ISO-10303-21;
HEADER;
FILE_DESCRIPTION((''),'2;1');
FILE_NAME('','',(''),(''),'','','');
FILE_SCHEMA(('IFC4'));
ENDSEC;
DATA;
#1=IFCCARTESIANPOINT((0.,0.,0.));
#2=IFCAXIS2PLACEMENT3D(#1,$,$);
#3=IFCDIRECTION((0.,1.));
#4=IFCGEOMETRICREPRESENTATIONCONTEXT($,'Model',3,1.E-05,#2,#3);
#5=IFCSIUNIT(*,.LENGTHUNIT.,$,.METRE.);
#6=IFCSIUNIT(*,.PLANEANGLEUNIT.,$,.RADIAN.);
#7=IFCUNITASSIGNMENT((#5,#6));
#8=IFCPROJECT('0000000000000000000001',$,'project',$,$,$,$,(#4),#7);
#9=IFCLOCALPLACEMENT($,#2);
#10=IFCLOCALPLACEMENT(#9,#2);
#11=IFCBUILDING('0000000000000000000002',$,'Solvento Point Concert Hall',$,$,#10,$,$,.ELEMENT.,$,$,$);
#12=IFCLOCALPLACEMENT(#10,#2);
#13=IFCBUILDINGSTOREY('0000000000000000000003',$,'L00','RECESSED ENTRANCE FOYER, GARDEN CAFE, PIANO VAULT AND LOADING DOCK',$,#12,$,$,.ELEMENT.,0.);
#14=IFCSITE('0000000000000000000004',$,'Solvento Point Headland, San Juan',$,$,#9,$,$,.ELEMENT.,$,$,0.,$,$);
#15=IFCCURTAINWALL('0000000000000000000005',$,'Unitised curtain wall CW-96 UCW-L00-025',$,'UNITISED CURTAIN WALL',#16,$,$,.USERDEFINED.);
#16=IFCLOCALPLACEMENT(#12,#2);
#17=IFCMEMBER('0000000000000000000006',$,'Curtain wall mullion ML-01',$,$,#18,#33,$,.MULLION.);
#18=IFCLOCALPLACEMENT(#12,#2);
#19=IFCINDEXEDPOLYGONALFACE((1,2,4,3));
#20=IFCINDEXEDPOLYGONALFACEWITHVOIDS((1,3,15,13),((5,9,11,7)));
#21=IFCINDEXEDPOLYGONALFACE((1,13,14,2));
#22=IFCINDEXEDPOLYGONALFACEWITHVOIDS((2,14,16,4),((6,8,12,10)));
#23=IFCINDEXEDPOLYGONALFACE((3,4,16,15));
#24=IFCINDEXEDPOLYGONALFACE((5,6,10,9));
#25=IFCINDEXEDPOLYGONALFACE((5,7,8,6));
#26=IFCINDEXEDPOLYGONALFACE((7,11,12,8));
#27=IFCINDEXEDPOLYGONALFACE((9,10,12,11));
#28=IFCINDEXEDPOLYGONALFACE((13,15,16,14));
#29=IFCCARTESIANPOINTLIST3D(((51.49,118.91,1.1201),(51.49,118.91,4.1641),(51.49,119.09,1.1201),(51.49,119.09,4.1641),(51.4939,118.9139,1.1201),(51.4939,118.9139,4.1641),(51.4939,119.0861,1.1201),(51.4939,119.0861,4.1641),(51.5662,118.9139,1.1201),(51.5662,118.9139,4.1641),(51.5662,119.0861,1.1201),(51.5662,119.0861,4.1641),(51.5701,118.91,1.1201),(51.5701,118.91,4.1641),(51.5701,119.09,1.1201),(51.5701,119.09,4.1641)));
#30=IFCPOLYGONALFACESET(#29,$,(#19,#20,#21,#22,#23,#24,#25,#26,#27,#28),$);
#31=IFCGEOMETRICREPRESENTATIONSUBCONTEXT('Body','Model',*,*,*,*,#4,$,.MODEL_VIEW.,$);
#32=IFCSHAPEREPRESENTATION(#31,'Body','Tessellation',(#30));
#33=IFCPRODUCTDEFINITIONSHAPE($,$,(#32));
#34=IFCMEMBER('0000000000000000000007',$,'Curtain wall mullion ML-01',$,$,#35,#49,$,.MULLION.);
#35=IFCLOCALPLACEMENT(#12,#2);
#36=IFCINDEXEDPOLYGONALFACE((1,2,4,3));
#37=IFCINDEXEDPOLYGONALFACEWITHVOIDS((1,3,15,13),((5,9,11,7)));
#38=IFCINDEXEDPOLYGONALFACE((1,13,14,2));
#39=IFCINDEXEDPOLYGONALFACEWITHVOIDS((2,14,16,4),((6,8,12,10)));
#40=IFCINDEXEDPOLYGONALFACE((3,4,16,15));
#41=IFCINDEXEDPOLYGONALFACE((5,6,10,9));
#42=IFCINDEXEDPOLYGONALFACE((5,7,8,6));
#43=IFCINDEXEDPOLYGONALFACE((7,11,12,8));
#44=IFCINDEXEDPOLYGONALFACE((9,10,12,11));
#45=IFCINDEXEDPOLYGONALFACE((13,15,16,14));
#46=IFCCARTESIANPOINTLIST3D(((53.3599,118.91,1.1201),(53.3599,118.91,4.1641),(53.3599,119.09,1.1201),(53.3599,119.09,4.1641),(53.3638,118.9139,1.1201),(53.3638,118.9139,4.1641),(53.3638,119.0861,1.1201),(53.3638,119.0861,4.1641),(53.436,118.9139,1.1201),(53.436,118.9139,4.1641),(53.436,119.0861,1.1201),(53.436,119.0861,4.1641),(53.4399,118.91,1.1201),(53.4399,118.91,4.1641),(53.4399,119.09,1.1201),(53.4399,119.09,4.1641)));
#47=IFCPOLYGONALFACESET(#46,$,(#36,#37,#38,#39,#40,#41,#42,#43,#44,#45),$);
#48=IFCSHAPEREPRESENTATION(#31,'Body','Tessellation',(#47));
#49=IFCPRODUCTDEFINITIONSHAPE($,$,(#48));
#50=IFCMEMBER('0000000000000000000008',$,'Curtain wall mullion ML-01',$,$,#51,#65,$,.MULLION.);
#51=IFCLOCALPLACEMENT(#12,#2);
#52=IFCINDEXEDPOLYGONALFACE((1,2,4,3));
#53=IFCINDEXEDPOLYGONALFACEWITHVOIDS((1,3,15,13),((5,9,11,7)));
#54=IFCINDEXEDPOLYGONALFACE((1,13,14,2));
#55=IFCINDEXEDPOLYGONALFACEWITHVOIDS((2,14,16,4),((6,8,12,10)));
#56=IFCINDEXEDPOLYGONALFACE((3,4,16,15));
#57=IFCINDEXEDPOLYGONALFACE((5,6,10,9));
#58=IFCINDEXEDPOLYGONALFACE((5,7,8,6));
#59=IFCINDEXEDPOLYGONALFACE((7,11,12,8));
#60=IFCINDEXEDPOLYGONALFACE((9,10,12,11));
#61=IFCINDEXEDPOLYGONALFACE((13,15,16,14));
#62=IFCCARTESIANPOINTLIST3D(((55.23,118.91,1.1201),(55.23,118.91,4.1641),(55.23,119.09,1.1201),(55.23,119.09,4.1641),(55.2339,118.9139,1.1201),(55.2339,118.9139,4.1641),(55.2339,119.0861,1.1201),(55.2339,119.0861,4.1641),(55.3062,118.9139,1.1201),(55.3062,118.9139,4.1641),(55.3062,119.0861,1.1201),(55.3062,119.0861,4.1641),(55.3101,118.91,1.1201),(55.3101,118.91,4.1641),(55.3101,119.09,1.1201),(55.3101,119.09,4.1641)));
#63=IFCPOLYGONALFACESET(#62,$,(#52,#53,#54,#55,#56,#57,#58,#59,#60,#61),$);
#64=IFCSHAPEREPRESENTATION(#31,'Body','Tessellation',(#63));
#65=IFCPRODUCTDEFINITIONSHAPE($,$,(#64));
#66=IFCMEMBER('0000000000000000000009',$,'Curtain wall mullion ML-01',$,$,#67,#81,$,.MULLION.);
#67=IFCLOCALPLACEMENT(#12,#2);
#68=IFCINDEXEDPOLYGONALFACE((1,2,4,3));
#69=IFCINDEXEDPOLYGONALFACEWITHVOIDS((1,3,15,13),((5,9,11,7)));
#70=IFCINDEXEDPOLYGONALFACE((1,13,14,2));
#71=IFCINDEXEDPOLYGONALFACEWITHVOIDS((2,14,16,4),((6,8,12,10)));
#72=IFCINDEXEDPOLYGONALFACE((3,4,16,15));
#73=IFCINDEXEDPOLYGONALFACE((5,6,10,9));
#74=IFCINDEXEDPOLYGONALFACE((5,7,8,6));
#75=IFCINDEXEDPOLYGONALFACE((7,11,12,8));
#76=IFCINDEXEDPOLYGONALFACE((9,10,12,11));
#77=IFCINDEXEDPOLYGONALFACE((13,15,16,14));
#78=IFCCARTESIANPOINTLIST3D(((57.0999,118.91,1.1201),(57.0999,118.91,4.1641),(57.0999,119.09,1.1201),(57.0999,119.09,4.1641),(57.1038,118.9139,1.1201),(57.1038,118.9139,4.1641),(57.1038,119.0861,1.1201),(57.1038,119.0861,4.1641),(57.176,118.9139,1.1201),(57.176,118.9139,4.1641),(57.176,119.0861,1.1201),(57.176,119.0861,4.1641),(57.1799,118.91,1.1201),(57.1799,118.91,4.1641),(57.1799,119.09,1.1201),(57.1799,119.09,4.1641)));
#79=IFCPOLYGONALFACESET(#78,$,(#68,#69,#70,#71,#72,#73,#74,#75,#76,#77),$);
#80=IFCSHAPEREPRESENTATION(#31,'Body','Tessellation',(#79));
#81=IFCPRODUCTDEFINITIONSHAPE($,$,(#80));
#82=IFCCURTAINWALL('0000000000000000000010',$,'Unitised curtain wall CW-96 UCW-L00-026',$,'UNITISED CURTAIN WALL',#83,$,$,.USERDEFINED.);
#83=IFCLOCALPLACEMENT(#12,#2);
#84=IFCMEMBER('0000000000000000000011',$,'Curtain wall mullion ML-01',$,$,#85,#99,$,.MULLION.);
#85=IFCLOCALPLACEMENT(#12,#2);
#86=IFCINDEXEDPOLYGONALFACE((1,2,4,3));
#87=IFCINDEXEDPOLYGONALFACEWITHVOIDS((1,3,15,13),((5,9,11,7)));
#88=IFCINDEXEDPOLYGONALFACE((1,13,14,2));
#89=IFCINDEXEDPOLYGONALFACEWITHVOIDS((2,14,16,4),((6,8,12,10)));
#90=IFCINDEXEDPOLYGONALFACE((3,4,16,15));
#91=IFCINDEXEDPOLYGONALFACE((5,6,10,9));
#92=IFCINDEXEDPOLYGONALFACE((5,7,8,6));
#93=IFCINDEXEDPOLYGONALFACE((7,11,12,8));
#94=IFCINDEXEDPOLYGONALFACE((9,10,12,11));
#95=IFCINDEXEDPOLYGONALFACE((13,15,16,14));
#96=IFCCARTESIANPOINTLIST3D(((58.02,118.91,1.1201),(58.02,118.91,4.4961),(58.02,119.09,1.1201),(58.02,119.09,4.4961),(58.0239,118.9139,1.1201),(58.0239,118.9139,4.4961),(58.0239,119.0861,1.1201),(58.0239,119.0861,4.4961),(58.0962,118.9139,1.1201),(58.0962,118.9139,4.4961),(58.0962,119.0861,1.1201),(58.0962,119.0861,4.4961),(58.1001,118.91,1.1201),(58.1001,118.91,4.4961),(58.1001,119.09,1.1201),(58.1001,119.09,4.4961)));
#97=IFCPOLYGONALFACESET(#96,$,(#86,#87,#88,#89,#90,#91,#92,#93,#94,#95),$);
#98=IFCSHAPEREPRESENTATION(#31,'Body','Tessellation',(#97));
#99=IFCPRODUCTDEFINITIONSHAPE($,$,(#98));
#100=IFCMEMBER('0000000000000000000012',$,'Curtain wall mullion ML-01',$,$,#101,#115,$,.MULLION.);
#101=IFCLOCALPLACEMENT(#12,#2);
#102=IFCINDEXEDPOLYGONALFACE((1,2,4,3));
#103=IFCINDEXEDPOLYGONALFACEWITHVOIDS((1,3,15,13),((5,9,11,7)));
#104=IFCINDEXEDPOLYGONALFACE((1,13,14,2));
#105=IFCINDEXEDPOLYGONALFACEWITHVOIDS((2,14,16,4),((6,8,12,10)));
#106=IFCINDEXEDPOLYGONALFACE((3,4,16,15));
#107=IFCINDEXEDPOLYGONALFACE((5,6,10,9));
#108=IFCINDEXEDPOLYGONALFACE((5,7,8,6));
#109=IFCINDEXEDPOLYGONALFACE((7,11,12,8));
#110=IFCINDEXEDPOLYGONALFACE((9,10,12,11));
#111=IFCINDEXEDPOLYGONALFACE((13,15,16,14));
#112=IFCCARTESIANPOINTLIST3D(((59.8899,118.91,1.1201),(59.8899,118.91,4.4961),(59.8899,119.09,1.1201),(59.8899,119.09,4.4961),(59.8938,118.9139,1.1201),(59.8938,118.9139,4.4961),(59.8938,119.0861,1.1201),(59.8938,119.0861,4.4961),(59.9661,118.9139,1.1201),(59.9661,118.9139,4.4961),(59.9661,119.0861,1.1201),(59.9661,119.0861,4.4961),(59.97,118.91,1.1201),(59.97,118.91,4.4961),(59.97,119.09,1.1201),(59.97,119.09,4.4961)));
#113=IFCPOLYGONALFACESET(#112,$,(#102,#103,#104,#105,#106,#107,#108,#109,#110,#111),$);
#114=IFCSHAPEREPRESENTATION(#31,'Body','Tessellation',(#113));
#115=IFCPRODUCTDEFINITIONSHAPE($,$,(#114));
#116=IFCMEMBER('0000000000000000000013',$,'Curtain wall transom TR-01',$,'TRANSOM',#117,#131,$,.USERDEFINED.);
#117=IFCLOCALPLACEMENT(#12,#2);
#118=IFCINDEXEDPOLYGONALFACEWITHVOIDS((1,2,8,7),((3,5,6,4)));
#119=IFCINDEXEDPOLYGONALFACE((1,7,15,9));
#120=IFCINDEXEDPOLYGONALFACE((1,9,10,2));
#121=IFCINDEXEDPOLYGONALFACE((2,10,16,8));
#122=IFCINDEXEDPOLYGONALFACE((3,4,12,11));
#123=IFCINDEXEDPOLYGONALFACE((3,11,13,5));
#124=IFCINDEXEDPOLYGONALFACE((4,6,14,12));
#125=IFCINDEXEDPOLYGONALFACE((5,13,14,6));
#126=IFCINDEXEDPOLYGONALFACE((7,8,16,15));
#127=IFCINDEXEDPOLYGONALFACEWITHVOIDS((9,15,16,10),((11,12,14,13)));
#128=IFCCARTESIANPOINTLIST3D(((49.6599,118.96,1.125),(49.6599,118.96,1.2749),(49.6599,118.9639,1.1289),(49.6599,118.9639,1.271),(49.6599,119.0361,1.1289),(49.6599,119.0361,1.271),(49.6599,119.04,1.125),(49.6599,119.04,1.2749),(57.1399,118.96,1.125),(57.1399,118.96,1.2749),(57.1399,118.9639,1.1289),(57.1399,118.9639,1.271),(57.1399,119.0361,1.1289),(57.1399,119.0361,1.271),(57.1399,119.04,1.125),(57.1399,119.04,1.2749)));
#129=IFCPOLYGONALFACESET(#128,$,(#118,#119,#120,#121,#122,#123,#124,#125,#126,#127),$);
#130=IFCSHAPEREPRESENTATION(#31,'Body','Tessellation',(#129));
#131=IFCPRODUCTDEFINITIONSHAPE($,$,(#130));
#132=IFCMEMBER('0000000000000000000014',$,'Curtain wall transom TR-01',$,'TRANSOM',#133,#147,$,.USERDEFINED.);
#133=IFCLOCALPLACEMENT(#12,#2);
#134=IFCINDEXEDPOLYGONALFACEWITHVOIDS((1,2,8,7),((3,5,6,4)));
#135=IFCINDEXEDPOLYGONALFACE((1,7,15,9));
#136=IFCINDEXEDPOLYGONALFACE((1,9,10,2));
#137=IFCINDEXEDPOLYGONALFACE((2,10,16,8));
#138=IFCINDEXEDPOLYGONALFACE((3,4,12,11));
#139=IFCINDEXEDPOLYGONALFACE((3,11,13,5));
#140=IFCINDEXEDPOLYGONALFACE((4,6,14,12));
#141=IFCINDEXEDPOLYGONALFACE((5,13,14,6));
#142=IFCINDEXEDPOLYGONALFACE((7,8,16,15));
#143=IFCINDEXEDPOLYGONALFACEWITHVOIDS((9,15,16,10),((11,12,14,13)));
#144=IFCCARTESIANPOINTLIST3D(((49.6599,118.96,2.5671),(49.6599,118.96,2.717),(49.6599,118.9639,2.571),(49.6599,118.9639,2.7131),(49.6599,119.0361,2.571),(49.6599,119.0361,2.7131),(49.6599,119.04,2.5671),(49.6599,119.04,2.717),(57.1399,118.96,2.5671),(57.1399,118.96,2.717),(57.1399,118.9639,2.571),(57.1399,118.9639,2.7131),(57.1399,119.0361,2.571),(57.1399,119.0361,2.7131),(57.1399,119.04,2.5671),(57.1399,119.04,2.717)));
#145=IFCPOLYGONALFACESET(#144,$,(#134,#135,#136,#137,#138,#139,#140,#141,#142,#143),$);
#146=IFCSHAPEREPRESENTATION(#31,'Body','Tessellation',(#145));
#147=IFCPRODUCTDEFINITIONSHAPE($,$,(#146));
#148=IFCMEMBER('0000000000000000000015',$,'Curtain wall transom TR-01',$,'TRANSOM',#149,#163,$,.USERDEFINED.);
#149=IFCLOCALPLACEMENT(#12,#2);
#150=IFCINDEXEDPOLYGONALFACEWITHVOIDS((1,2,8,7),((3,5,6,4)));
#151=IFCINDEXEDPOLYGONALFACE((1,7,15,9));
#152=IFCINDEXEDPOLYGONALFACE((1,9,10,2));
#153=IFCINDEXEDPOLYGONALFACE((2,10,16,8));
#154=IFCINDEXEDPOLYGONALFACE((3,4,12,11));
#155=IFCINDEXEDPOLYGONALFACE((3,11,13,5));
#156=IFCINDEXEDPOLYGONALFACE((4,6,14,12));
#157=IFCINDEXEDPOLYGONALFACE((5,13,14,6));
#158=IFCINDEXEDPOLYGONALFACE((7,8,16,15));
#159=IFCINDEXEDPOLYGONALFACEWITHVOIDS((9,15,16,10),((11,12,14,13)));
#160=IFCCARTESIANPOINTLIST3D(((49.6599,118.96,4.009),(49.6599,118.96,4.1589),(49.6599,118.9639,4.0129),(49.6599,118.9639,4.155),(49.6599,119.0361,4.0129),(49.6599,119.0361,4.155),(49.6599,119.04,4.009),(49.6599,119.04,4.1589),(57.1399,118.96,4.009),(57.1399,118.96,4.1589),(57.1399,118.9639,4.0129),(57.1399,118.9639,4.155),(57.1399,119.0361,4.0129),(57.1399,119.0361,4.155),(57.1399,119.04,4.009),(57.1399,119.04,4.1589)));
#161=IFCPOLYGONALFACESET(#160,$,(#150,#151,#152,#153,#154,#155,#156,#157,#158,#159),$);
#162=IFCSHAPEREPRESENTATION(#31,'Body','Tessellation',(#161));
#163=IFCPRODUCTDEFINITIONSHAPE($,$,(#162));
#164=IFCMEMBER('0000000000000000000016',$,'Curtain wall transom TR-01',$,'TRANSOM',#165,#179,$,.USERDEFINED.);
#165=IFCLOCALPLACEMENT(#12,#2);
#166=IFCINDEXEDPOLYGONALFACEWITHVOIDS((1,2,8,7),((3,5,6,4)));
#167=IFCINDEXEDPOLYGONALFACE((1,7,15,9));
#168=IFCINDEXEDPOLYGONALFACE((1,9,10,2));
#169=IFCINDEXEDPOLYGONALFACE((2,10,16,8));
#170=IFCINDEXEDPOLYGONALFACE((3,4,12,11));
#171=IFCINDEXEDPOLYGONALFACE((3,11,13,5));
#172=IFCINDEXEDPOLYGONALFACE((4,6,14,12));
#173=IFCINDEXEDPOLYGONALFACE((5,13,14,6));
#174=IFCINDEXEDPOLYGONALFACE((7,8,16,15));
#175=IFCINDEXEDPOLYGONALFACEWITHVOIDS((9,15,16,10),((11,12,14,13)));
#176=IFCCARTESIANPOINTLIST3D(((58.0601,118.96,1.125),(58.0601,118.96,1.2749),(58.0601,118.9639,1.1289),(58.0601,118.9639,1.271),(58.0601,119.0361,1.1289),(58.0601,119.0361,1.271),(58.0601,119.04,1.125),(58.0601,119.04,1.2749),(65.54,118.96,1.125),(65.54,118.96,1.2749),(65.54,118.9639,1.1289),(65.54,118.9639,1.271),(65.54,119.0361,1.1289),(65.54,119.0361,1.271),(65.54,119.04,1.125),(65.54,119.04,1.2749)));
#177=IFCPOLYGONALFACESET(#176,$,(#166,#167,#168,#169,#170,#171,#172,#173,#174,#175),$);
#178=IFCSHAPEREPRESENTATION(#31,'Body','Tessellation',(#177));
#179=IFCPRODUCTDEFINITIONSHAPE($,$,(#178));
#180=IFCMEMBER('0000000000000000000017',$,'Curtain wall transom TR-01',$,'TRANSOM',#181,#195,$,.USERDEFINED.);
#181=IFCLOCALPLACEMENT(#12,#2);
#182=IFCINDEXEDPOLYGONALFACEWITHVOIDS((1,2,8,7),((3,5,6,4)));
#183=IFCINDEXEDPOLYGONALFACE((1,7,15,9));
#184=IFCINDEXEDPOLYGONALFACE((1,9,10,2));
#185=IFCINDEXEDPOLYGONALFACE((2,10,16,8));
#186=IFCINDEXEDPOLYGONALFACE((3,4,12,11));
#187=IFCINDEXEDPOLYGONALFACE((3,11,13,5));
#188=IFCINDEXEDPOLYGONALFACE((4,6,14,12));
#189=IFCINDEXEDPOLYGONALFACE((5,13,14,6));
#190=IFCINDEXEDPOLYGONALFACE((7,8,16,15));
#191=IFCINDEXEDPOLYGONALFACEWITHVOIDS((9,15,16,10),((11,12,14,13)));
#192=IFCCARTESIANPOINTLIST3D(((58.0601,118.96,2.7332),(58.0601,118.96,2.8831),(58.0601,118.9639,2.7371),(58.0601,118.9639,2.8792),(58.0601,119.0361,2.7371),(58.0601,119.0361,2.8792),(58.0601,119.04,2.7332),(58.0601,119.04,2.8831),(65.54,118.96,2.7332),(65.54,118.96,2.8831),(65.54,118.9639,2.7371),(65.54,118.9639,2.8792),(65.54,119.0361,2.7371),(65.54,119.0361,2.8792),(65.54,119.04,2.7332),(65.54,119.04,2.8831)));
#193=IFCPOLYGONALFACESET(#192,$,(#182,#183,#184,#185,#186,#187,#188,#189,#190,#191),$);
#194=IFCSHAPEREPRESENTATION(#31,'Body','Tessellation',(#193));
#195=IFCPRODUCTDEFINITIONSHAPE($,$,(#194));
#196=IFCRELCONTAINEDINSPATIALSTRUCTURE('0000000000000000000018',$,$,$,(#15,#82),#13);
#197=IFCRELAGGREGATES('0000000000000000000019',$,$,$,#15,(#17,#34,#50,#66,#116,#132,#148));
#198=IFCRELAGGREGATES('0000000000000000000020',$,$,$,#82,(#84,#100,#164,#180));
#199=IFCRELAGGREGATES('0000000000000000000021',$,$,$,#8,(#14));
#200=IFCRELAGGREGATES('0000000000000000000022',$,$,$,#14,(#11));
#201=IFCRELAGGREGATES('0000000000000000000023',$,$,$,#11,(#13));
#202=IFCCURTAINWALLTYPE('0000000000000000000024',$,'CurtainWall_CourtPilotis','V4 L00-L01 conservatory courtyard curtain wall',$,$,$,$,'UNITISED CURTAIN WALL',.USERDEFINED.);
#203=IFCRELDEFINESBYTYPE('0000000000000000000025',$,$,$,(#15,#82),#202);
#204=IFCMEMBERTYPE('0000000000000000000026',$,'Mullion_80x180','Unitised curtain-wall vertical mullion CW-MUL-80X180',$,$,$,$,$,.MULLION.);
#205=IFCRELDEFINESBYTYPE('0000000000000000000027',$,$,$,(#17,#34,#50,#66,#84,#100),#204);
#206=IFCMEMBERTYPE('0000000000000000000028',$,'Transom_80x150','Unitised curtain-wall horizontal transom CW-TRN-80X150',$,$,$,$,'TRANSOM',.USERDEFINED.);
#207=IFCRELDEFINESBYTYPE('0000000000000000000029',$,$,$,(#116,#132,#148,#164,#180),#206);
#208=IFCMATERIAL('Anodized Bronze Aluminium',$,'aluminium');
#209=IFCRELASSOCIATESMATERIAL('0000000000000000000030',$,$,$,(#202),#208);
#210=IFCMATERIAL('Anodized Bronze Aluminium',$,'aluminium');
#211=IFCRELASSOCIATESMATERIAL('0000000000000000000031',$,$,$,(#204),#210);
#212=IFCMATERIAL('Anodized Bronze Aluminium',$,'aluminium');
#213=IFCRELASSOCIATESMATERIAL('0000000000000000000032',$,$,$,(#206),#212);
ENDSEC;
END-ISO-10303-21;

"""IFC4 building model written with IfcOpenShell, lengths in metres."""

from ifc_helpers import new_model, si_unit, direction, frame, origin, origin_2d, place, context, subcontext, project, spatial, hollow_rectangle, extrude, material, material_profile, profile_set, type_object, element, aggregate, save


model = new_model("IFC4")

# Units and contexts
model_context = context("Model", 3, precision=1e-05, world=origin(), true_north=direction((0.0, 1.0)))
body_context = subcontext(model_context, "Body", "Model", "MODEL_VIEW")
ifc_project = project(units=[si_unit("LENGTHUNIT", "METRE"), si_unit("PLANEANGLEUNIT", "RADIAN")], contexts=[model_context])

# Site, building, storey
site_placement = place(None, origin())
site = spatial("IfcSite", under=ifc_project, at=site_placement, Name="Solvento Point Headland, San Juan", CompositionType="ELEMENT", RefElevation=0.0)
building_placement = place(site_placement, origin())
building = spatial("IfcBuilding", under=site, at=building_placement, Name="Solvento Point Concert Hall", CompositionType="ELEMENT")
storey_placement = place(building_placement, origin())
storey = spatial("IfcBuildingStorey", under=building, at=storey_placement, Name="L00", Description="RECESSED ENTRANCE FOYER, GARDEN CAFE, PIANO VAULT AND LOADING DOCK", CompositionType="ELEMENT", Elevation=0.0)

# Curtain walls, members
ifc_material_1 = material(Name="Anodized Bronze Aluminium", Category="aluminium")
curtain_wall_type = type_object("IfcCurtainWallType", Name="CurtainWall_CourtPilotis", Description="V4 L00-L01 conservatory courtyard curtain wall", ElementType="UNITISED CURTAIN WALL", PredefinedType="USERDEFINED", material=ifc_material_1)
ifc_material_2 = material(Name="Anodized Bronze Aluminium", Category="aluminium")
ifc_material_profile_1 = material_profile(ifc_material_2, hollow_rectangle(XDim=0.0801, YDim=0.1799, WallThickness=0.0039, at=origin_2d()), Name="CW-MUL-80X180")
ifc_profile_set_1 = profile_set([ifc_material_profile_1], Name="Anodized Bronze Aluminium")
member_type_1 = type_object("IfcMemberType", Name="Mullion_80x180", Description="Unitised curtain-wall vertical mullion CW-MUL-80X180", PredefinedType="MULLION", material=ifc_profile_set_1)
curtain_wall_1_placement = place(storey_placement, origin())
curtain_wall_1 = element("IfcCurtainWall", 1, at=curtain_wall_1_placement, inside=storey, type_object=curtain_wall_type, Name="Unitised curtain wall CW-96 UCW-L00-025", ObjectType="UNITISED CURTAIN WALL", PredefinedType="USERDEFINED")
member_1_placement = place(storey_placement, frame((51.53, 119.0, 1.1201), z_axis=(0.0, 0.0, 1.0), x_axis=(1.0, 0.0, 0.0)))
member_1 = element("IfcMember", 2, at=member_1_placement, type_object=member_type_1, Name="Curtain wall mullion ML-01", PredefinedType="MULLION", context=body_context, shape_type="SweptSolid", body=[
    extrude(hollow_rectangle(XDim=0.0801, YDim=0.1799, WallThickness=0.0039, at=origin_2d()), origin(), (0.0, 0.0, 1.0), 3.0439),
])
member_2_placement = place(storey_placement, frame((53.3999, 119.0, 1.1201), z_axis=(0.0, 0.0, 1.0), x_axis=(1.0, 0.0, 0.0)))
member_2 = element("IfcMember", 3, at=member_2_placement, type_object=member_type_1, Name="Curtain wall mullion ML-01", PredefinedType="MULLION", context=body_context, shape_type="SweptSolid", body=[
    extrude(hollow_rectangle(XDim=0.0801, YDim=0.1799, WallThickness=0.0039, at=origin_2d()), origin(), (0.0, 0.0, 1.0), 3.0439),
])
member_3_placement = place(storey_placement, frame((55.27, 119.0, 1.1201), z_axis=(0.0, 0.0, 1.0), x_axis=(1.0, 0.0, 0.0)))
member_3 = element("IfcMember", 4, at=member_3_placement, type_object=member_type_1, Name="Curtain wall mullion ML-01", PredefinedType="MULLION", context=body_context, shape_type="SweptSolid", body=[
    extrude(hollow_rectangle(XDim=0.0801, YDim=0.1799, WallThickness=0.0039, at=origin_2d()), origin(), (0.0, 0.0, 1.0), 3.0439),
])
member_4_placement = place(storey_placement, frame((57.1399, 119.0, 1.1201), z_axis=(0.0, 0.0, 1.0), x_axis=(1.0, 0.0, 0.0)))
member_4 = element("IfcMember", 5, at=member_4_placement, type_object=member_type_1, Name="Curtain wall mullion ML-01", PredefinedType="MULLION", context=body_context, shape_type="SweptSolid", body=[
    extrude(hollow_rectangle(XDim=0.0801, YDim=0.1799, WallThickness=0.0039, at=origin_2d()), origin(), (0.0, 0.0, 1.0), 3.0439),
])
curtain_wall_2_placement = place(storey_placement, origin())
curtain_wall_2 = element("IfcCurtainWall", 6, at=curtain_wall_2_placement, inside=storey, type_object=curtain_wall_type, Name="Unitised curtain wall CW-96 UCW-L00-026", ObjectType="UNITISED CURTAIN WALL", PredefinedType="USERDEFINED")
member_5_placement = place(storey_placement, frame((58.0601, 119.0, 1.1201), z_axis=(0.0, 0.0, 1.0), x_axis=(1.0, 0.0, 0.0)))
member_5 = element("IfcMember", 7, at=member_5_placement, type_object=member_type_1, Name="Curtain wall mullion ML-01", PredefinedType="MULLION", context=body_context, shape_type="SweptSolid", body=[
    extrude(hollow_rectangle(XDim=0.0801, YDim=0.1799, WallThickness=0.0039, at=origin_2d()), origin(), (0.0, 0.0, 1.0), 3.376),
])
member_6_placement = place(storey_placement, frame((59.9299, 119.0, 1.1201), z_axis=(0.0, 0.0, 1.0), x_axis=(1.0, 0.0, 0.0)))
member_6 = element("IfcMember", 8, at=member_6_placement, type_object=member_type_1, Name="Curtain wall mullion ML-01", PredefinedType="MULLION", context=body_context, shape_type="SweptSolid", body=[
    extrude(hollow_rectangle(XDim=0.0801, YDim=0.1799, WallThickness=0.0039, at=origin_2d()), origin(), (0.0, 0.0, 1.0), 3.376),
])

# Members
ifc_material_3 = material(Name="Anodized Bronze Aluminium", Category="aluminium")
ifc_material_profile_2 = material_profile(ifc_material_3, hollow_rectangle(XDim=0.0801, YDim=0.1499, WallThickness=0.0039, at=origin_2d()), Name="CW-TRN-80X150")
ifc_profile_set_2 = profile_set([ifc_material_profile_2], Name="Anodized Bronze Aluminium")
member_type_2 = type_object("IfcMemberType", Name="Transom_80x150", Description="Unitised curtain-wall horizontal transom CW-TRN-80X150", ElementType="TRANSOM", PredefinedType="USERDEFINED", material=ifc_profile_set_2)
member_7_placement = place(storey_placement, frame((49.6599, 119.0, 1.2), z_axis=(1.0, 0.0, 0.0), x_axis=(0.0, 1.0, 0.0)))
member_7 = element("IfcMember", 9, at=member_7_placement, type_object=member_type_2, Name="Curtain wall transom TR-01", ObjectType="TRANSOM", PredefinedType="USERDEFINED", context=body_context, shape_type="SweptSolid", body=[
    extrude(hollow_rectangle(XDim=0.0801, YDim=0.1499, WallThickness=0.0039, at=origin_2d()), origin(), (0.0, 0.0, 1.0), 7.48),
])
member_8_placement = place(storey_placement, frame((49.6599, 119.0, 2.6421), z_axis=(1.0, 0.0, 0.0), x_axis=(0.0, 1.0, 0.0)))
member_8 = element("IfcMember", 10, at=member_8_placement, type_object=member_type_2, Name="Curtain wall transom TR-01", ObjectType="TRANSOM", PredefinedType="USERDEFINED", context=body_context, shape_type="SweptSolid", body=[
    extrude(hollow_rectangle(XDim=0.0801, YDim=0.1499, WallThickness=0.0039, at=origin_2d()), origin(), (0.0, 0.0, 1.0), 7.48),
])
member_9_placement = place(storey_placement, frame((49.6599, 119.0, 4.084), z_axis=(1.0, 0.0, 0.0), x_axis=(0.0, 1.0, 0.0)))
member_9 = element("IfcMember", 11, at=member_9_placement, type_object=member_type_2, Name="Curtain wall transom TR-01", ObjectType="TRANSOM", PredefinedType="USERDEFINED", context=body_context, shape_type="SweptSolid", body=[
    extrude(hollow_rectangle(XDim=0.0801, YDim=0.1499, WallThickness=0.0039, at=origin_2d()), origin(), (0.0, 0.0, 1.0), 7.48),
])
member_10_placement = place(storey_placement, frame((58.0601, 119.0, 1.2), z_axis=(1.0, 0.0, 0.0), x_axis=(0.0, 1.0, 0.0)))
member_10 = element("IfcMember", 12, at=member_10_placement, type_object=member_type_2, Name="Curtain wall transom TR-01", ObjectType="TRANSOM", PredefinedType="USERDEFINED", context=body_context, shape_type="SweptSolid", body=[
    extrude(hollow_rectangle(XDim=0.0801, YDim=0.1499, WallThickness=0.0039, at=origin_2d()), origin(), (0.0, 0.0, 1.0), 7.48),
])
member_11_placement = place(storey_placement, frame((58.0601, 119.0, 2.8081), z_axis=(1.0, 0.0, 0.0), x_axis=(0.0, 1.0, 0.0)))
member_11 = element("IfcMember", 13, at=member_11_placement, type_object=member_type_2, Name="Curtain wall transom TR-01", ObjectType="TRANSOM", PredefinedType="USERDEFINED", context=body_context, shape_type="SweptSolid", body=[
    extrude(hollow_rectangle(XDim=0.0801, YDim=0.1499, WallThickness=0.0039, at=origin_2d()), origin(), (0.0, 0.0, 1.0), 7.48),
])

aggregate(curtain_wall_1, [member_1, member_2, member_3, member_4, member_7, member_8, member_9])
aggregate(curtain_wall_2, [member_5, member_6, member_10, member_11])

save(model, "model.ifc")
